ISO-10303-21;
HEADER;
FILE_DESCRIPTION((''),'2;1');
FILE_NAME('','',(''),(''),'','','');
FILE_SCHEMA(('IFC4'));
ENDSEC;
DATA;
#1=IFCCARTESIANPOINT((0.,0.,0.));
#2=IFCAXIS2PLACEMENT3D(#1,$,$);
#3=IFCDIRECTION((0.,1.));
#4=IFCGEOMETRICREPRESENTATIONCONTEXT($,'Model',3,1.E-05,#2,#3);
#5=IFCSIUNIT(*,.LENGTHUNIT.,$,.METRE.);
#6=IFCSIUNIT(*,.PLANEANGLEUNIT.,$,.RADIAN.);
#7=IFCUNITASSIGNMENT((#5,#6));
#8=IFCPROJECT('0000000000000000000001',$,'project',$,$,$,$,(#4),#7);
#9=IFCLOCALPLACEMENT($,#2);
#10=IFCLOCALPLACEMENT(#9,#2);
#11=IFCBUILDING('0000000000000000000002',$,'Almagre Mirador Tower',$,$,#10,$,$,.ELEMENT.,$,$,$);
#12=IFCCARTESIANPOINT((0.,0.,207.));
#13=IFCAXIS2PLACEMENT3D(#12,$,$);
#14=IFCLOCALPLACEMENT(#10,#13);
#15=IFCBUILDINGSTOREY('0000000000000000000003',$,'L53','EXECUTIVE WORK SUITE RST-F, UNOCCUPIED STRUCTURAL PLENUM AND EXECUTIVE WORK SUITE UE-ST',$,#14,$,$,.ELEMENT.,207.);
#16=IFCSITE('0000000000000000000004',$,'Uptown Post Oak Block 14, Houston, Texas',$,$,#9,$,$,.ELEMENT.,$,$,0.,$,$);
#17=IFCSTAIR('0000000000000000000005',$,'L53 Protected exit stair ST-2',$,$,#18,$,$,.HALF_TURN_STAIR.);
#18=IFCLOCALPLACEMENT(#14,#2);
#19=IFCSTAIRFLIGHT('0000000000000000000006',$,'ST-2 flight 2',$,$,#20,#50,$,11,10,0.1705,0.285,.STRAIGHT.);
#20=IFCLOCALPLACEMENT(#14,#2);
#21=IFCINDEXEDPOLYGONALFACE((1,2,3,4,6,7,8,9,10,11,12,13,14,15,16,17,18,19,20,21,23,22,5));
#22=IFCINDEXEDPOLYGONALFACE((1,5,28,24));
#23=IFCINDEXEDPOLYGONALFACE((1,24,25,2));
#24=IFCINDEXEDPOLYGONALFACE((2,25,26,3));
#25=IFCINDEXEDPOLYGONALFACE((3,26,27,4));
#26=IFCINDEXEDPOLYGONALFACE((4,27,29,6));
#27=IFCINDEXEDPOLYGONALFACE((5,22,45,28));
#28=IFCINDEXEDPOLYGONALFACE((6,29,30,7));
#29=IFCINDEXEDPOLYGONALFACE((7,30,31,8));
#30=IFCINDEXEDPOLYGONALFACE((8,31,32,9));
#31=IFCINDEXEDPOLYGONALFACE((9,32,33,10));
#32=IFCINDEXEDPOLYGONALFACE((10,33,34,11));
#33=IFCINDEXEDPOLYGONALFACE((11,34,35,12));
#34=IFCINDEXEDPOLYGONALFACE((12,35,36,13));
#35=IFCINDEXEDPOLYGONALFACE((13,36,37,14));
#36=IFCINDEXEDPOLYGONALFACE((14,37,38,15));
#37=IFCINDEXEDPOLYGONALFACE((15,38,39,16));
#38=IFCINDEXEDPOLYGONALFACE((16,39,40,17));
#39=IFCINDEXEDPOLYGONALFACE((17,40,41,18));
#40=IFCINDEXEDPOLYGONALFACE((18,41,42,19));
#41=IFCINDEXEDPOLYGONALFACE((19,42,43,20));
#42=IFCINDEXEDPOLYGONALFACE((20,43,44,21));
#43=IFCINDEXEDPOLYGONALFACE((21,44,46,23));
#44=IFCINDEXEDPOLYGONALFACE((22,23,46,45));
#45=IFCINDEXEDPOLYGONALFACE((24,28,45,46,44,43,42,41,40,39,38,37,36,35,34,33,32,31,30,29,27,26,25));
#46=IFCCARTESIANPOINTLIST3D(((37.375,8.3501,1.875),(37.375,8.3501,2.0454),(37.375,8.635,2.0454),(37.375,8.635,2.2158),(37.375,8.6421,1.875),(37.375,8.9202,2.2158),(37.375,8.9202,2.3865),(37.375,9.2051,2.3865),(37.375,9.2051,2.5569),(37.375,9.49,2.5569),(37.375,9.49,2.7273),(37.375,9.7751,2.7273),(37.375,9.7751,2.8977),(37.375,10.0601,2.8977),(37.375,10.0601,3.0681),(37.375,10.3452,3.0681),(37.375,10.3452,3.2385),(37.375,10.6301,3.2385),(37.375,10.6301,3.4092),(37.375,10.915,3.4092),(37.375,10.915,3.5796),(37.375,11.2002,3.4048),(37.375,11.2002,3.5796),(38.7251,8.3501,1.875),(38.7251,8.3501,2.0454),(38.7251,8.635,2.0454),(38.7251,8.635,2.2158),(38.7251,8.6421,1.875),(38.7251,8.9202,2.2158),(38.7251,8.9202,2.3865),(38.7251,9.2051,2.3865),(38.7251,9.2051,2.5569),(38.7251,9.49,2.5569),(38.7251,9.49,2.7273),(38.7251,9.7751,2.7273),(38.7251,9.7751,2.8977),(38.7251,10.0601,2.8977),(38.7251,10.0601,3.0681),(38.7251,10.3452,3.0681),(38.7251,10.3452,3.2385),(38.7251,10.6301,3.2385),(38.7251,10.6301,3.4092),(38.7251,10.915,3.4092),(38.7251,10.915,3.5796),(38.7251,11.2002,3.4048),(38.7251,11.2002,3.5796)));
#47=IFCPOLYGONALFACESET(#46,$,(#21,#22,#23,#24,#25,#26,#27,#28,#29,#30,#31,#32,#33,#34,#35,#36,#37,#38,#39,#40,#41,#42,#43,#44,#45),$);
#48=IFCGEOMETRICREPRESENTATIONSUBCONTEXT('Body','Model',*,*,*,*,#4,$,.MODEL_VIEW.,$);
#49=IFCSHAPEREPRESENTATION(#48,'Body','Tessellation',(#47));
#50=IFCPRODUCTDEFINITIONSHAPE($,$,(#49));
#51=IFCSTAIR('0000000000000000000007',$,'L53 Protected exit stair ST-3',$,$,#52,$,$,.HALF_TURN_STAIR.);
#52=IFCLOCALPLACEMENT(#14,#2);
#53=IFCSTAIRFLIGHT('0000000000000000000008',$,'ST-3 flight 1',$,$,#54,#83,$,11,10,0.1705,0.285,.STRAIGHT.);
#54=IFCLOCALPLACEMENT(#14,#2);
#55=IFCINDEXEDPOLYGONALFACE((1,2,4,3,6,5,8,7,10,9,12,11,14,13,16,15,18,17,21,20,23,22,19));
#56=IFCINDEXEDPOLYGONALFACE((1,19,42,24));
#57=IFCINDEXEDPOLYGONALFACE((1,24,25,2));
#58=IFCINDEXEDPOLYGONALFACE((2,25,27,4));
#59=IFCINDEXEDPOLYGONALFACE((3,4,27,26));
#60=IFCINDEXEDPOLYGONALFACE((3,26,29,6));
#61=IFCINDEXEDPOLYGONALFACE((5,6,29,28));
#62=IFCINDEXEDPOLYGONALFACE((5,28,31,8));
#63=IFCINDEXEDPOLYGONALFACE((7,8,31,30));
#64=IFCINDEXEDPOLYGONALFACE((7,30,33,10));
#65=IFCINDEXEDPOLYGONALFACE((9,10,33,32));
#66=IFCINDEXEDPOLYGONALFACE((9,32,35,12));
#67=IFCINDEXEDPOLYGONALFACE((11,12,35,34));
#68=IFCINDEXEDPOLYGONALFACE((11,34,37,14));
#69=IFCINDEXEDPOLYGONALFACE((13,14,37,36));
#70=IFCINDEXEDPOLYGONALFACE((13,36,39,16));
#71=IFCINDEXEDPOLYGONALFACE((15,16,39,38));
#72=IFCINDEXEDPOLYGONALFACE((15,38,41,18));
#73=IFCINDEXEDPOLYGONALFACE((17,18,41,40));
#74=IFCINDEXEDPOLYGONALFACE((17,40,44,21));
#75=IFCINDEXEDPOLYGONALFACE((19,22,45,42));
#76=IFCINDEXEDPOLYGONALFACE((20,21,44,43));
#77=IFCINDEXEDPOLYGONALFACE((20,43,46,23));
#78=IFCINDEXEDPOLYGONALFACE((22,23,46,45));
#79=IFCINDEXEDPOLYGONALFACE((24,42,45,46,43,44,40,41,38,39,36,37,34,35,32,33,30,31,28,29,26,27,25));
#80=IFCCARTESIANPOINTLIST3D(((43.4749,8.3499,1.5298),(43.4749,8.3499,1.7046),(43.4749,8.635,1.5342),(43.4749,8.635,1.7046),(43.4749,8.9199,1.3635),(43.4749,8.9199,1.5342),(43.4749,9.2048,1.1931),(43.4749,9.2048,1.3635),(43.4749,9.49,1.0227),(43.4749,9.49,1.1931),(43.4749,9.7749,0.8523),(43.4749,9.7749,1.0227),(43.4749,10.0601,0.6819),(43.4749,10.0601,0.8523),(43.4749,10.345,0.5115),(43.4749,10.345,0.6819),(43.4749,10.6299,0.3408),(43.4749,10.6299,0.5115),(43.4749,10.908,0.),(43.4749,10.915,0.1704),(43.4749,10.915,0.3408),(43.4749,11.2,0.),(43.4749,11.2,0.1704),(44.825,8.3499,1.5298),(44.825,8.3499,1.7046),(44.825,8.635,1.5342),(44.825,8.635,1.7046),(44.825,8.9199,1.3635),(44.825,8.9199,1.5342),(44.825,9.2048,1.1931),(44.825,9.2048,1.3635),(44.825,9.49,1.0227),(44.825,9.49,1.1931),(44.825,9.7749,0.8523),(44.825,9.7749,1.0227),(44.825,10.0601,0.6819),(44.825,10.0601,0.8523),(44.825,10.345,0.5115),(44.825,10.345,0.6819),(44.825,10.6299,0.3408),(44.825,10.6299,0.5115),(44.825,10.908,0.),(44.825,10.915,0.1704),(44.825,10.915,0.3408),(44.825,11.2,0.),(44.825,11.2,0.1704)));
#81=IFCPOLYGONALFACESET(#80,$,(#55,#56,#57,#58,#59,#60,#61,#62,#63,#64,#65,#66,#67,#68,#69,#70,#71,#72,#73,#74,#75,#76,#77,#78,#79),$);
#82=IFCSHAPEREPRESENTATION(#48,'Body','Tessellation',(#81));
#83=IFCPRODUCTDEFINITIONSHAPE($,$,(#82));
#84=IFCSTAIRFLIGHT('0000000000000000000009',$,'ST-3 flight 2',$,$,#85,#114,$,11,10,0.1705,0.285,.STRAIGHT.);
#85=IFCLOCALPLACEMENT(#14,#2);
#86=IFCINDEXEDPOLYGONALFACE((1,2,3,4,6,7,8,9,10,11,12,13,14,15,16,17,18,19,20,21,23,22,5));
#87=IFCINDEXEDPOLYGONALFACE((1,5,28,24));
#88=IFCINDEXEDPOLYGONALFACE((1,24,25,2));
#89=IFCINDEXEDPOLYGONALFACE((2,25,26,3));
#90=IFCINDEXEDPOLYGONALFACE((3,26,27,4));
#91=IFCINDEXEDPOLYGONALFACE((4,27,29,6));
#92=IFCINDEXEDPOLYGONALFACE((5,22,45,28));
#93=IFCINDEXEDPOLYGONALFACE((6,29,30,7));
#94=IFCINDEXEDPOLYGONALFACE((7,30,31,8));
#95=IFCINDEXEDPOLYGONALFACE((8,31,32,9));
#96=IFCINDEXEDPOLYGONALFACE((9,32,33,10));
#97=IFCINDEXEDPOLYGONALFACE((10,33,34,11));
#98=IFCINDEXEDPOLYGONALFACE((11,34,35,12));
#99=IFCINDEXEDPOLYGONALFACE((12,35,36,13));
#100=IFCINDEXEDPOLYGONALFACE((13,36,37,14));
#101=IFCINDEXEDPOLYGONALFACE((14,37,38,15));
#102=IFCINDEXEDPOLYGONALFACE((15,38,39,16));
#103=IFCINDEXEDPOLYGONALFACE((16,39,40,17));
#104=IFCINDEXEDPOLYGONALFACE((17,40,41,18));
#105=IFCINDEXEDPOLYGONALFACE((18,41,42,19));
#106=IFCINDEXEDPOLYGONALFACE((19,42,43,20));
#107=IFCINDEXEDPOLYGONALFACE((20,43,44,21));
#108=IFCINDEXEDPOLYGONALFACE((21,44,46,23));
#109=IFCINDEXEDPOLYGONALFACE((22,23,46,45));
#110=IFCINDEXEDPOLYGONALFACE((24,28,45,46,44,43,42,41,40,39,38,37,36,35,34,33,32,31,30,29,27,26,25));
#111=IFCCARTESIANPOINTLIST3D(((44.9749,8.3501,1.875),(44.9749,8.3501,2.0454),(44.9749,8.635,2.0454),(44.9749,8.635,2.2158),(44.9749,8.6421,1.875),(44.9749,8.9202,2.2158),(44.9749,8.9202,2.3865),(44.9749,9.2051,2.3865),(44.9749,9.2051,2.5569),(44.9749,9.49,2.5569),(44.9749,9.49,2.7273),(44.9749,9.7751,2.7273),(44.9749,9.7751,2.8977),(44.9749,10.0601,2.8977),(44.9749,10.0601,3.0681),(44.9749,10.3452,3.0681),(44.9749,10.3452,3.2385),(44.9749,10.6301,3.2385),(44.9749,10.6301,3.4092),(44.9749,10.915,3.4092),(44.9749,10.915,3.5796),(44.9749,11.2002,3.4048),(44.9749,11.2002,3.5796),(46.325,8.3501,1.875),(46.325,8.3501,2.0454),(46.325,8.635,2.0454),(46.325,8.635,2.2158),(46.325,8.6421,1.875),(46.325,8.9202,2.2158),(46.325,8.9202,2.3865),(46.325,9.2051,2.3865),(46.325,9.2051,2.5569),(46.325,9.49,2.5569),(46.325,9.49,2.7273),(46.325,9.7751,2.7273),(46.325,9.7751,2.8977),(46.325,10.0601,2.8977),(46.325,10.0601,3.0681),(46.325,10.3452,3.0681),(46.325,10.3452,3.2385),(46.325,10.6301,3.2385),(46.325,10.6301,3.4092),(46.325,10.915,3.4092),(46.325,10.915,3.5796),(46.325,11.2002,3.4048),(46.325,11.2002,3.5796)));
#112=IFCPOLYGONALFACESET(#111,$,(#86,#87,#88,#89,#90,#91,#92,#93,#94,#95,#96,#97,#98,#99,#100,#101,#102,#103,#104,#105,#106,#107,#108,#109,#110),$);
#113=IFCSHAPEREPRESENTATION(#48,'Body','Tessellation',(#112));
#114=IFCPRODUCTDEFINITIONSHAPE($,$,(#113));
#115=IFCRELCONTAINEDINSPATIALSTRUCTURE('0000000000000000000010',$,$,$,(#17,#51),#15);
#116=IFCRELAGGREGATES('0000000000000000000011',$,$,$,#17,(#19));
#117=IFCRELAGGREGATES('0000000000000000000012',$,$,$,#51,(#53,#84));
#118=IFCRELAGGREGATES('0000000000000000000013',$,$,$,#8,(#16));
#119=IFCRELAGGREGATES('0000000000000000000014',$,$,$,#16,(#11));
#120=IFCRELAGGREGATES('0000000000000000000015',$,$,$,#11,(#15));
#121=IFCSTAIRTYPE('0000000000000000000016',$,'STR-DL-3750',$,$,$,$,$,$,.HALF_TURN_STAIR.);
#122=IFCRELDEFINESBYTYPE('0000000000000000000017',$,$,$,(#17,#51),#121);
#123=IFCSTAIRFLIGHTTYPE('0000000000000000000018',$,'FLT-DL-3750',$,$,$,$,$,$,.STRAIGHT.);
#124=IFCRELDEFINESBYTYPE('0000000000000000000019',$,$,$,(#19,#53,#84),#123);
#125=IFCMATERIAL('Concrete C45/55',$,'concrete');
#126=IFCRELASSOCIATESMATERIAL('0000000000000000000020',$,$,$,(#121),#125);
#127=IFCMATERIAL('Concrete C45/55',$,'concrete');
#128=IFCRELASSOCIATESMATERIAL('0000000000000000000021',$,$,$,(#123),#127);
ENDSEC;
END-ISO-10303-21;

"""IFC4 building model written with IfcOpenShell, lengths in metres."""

from ifc_helpers import new_model, si_unit, direction, frame, origin, place, context, subcontext, project, spatial, polyline, outline, extrude, material, type_object, element, aggregate, save


model = new_model("IFC4")

# Units and contexts
model_context = context("Model", 3, precision=1e-05, world=origin(), true_north=direction((0.0, 1.0)))
body_context = subcontext(model_context, "Body", "Model", "MODEL_VIEW")
ifc_project = project(units=[si_unit("LENGTHUNIT", "METRE"), si_unit("PLANEANGLEUNIT", "RADIAN")], contexts=[model_context])

# Site, building, storey
site_placement = place(None, origin())
site = spatial("IfcSite", under=ifc_project, at=site_placement, Name="Uptown Post Oak Block 14, Houston, Texas", CompositionType="ELEMENT", RefElevation=0.0)
building_placement = place(site_placement, origin())
building = spatial("IfcBuilding", under=site, at=building_placement, Name="Almagre Mirador Tower", CompositionType="ELEMENT")
storey_placement = place(building_placement, frame((0.0, 0.0, 207.0)))
storey = spatial("IfcBuildingStorey", under=building, at=storey_placement, Name="L53", Description="EXECUTIVE WORK SUITE RST-F, UNOCCUPIED STRUCTURAL PLENUM AND EXECUTIVE WORK SUITE UE-ST", CompositionType="ELEMENT", Elevation=207.0)

# Stair, stair flight
ifc_material_1 = material(Name="Concrete C45/55", Category="concrete")
stair_type = type_object("IfcStairType", Name="STR-DL-3750", PredefinedType="HALF_TURN_STAIR", material=ifc_material_1)
stair_1_placement = place(storey_placement, origin())
stair_1 = element("IfcStair", 1, at=stair_1_placement, inside=storey, type_object=stair_type, Name="L53 Protected exit stair ST-2", PredefinedType="HALF_TURN_STAIR")
ifc_material_2 = material(Name="Concrete C45/55", Category="concrete")
stair_flight_type = type_object("IfcStairFlightType", Name="FLT-DL-3750", PredefinedType="STRAIGHT", material=ifc_material_2)
stair_flight_1_placement = place(storey_placement, frame((38.05, 8.3501, 1.875), z_axis=(0.0, 0.0, 1.0), x_axis=(0.0, 1.0, 0.0)))
stair_flight_1 = element("IfcStairFlight", 2, at=stair_flight_1_placement, type_object=stair_flight_type, Name="ST-2 flight 2", NumberOfRisers=11, NumberOfTreads=10, PredefinedType="STRAIGHT", RiserHeight=0.1705, TreadLength=0.285, context=body_context, shape_type="SweptSolid", body=[
    extrude(outline(polyline([(0.0, 0.0), (0.0, 0.1704), (0.2849, 0.1704), (0.2849, 0.3408), (0.5701, 0.3408), (0.5701, 0.5115), (0.855, 0.5115), (0.855, 0.6819), (1.1399, 0.6819), (1.1399, 0.8523), (1.425, 0.8523), (1.425, 1.0227), (1.71, 1.0227), (1.71, 1.1931), (1.9951, 1.1931), (1.9951, 1.3635), (2.28, 1.3635), (2.28, 1.5342), (2.5649, 1.5342), (2.5649, 1.7046), (2.8501, 1.7046), (2.8501, 1.875), (2.8501, 1.5298), (0.292, 0.0), (0.0, 0.0)])), frame((0.0, 0.675, 0.0), z_axis=(0.0, -1.0, 0.0), x_axis=(1.0, 0.0, 0.0)), (0.0, 0.0, 1.0), 1.3501),
])
aggregate(stair_1, [stair_flight_1])

# Stair, stair flights
stair_2_placement = place(storey_placement, origin())
stair_2 = element("IfcStair", 3, at=stair_2_placement, inside=storey, type_object=stair_type, Name="L53 Protected exit stair ST-3", PredefinedType="HALF_TURN_STAIR")
stair_flight_2_placement = place(storey_placement, frame((44.1499, 11.2, 0.0), z_axis=(0.0, 0.0, 1.0), x_axis=(0.0, -1.0, 0.0)))
stair_flight_2 = element("IfcStairFlight", 4, at=stair_flight_2_placement, type_object=stair_flight_type, Name="ST-3 flight 1", NumberOfRisers=11, NumberOfTreads=10, PredefinedType="STRAIGHT", RiserHeight=0.1705, TreadLength=0.285, context=body_context, shape_type="SweptSolid", body=[
    extrude(outline(polyline([(0.0, 0.0), (0.0, 0.1704), (0.2849, 0.1704), (0.2849, 0.3408), (0.5701, 0.3408), (0.5701, 0.5115), (0.855, 0.5115), (0.855, 0.6819), (1.1399, 0.6819), (1.1399, 0.8523), (1.425, 0.8523), (1.425, 1.0227), (1.71, 1.0227), (1.71, 1.1931), (1.9951, 1.1931), (1.9951, 1.3635), (2.28, 1.3635), (2.28, 1.5342), (2.5649, 1.5342), (2.5649, 1.7046), (2.8501, 1.7046), (2.8501, 1.875), (2.8501, 1.5298), (0.292, 0.0), (0.0, 0.0)])), frame((0.0, 0.675, 0.0), z_axis=(0.0, -1.0, 0.0), x_axis=(1.0, 0.0, 0.0)), (0.0, 0.0, 1.0), 1.3501),
])
stair_flight_3_placement = place(storey_placement, frame((45.6499, 8.3501, 1.875), z_axis=(0.0, 0.0, 1.0), x_axis=(0.0, 1.0, 0.0)))
stair_flight_3 = element("IfcStairFlight", 5, at=stair_flight_3_placement, type_object=stair_flight_type, Name="ST-3 flight 2", NumberOfRisers=11, NumberOfTreads=10, PredefinedType="STRAIGHT", RiserHeight=0.1705, TreadLength=0.285, context=body_context, shape_type="SweptSolid", body=[
    extrude(outline(polyline([(0.0, 0.0), (0.0, 0.1704), (0.2849, 0.1704), (0.2849, 0.3408), (0.5701, 0.3408), (0.5701, 0.5115), (0.855, 0.5115), (0.855, 0.6819), (1.1399, 0.6819), (1.1399, 0.8523), (1.425, 0.8523), (1.425, 1.0227), (1.71, 1.0227), (1.71, 1.1931), (1.9951, 1.1931), (1.9951, 1.3635), (2.28, 1.3635), (2.28, 1.5342), (2.5649, 1.5342), (2.5649, 1.7046), (2.8501, 1.7046), (2.8501, 1.875), (2.8501, 1.5298), (0.292, 0.0), (0.0, 0.0)])), frame((0.0, 0.675, 0.0), z_axis=(0.0, -1.0, 0.0), x_axis=(1.0, 0.0, 0.0)), (0.0, 0.0, 1.0), 1.3501),
])
aggregate(stair_2, [stair_flight_2, stair_flight_3])

save(model, "model.ifc")
